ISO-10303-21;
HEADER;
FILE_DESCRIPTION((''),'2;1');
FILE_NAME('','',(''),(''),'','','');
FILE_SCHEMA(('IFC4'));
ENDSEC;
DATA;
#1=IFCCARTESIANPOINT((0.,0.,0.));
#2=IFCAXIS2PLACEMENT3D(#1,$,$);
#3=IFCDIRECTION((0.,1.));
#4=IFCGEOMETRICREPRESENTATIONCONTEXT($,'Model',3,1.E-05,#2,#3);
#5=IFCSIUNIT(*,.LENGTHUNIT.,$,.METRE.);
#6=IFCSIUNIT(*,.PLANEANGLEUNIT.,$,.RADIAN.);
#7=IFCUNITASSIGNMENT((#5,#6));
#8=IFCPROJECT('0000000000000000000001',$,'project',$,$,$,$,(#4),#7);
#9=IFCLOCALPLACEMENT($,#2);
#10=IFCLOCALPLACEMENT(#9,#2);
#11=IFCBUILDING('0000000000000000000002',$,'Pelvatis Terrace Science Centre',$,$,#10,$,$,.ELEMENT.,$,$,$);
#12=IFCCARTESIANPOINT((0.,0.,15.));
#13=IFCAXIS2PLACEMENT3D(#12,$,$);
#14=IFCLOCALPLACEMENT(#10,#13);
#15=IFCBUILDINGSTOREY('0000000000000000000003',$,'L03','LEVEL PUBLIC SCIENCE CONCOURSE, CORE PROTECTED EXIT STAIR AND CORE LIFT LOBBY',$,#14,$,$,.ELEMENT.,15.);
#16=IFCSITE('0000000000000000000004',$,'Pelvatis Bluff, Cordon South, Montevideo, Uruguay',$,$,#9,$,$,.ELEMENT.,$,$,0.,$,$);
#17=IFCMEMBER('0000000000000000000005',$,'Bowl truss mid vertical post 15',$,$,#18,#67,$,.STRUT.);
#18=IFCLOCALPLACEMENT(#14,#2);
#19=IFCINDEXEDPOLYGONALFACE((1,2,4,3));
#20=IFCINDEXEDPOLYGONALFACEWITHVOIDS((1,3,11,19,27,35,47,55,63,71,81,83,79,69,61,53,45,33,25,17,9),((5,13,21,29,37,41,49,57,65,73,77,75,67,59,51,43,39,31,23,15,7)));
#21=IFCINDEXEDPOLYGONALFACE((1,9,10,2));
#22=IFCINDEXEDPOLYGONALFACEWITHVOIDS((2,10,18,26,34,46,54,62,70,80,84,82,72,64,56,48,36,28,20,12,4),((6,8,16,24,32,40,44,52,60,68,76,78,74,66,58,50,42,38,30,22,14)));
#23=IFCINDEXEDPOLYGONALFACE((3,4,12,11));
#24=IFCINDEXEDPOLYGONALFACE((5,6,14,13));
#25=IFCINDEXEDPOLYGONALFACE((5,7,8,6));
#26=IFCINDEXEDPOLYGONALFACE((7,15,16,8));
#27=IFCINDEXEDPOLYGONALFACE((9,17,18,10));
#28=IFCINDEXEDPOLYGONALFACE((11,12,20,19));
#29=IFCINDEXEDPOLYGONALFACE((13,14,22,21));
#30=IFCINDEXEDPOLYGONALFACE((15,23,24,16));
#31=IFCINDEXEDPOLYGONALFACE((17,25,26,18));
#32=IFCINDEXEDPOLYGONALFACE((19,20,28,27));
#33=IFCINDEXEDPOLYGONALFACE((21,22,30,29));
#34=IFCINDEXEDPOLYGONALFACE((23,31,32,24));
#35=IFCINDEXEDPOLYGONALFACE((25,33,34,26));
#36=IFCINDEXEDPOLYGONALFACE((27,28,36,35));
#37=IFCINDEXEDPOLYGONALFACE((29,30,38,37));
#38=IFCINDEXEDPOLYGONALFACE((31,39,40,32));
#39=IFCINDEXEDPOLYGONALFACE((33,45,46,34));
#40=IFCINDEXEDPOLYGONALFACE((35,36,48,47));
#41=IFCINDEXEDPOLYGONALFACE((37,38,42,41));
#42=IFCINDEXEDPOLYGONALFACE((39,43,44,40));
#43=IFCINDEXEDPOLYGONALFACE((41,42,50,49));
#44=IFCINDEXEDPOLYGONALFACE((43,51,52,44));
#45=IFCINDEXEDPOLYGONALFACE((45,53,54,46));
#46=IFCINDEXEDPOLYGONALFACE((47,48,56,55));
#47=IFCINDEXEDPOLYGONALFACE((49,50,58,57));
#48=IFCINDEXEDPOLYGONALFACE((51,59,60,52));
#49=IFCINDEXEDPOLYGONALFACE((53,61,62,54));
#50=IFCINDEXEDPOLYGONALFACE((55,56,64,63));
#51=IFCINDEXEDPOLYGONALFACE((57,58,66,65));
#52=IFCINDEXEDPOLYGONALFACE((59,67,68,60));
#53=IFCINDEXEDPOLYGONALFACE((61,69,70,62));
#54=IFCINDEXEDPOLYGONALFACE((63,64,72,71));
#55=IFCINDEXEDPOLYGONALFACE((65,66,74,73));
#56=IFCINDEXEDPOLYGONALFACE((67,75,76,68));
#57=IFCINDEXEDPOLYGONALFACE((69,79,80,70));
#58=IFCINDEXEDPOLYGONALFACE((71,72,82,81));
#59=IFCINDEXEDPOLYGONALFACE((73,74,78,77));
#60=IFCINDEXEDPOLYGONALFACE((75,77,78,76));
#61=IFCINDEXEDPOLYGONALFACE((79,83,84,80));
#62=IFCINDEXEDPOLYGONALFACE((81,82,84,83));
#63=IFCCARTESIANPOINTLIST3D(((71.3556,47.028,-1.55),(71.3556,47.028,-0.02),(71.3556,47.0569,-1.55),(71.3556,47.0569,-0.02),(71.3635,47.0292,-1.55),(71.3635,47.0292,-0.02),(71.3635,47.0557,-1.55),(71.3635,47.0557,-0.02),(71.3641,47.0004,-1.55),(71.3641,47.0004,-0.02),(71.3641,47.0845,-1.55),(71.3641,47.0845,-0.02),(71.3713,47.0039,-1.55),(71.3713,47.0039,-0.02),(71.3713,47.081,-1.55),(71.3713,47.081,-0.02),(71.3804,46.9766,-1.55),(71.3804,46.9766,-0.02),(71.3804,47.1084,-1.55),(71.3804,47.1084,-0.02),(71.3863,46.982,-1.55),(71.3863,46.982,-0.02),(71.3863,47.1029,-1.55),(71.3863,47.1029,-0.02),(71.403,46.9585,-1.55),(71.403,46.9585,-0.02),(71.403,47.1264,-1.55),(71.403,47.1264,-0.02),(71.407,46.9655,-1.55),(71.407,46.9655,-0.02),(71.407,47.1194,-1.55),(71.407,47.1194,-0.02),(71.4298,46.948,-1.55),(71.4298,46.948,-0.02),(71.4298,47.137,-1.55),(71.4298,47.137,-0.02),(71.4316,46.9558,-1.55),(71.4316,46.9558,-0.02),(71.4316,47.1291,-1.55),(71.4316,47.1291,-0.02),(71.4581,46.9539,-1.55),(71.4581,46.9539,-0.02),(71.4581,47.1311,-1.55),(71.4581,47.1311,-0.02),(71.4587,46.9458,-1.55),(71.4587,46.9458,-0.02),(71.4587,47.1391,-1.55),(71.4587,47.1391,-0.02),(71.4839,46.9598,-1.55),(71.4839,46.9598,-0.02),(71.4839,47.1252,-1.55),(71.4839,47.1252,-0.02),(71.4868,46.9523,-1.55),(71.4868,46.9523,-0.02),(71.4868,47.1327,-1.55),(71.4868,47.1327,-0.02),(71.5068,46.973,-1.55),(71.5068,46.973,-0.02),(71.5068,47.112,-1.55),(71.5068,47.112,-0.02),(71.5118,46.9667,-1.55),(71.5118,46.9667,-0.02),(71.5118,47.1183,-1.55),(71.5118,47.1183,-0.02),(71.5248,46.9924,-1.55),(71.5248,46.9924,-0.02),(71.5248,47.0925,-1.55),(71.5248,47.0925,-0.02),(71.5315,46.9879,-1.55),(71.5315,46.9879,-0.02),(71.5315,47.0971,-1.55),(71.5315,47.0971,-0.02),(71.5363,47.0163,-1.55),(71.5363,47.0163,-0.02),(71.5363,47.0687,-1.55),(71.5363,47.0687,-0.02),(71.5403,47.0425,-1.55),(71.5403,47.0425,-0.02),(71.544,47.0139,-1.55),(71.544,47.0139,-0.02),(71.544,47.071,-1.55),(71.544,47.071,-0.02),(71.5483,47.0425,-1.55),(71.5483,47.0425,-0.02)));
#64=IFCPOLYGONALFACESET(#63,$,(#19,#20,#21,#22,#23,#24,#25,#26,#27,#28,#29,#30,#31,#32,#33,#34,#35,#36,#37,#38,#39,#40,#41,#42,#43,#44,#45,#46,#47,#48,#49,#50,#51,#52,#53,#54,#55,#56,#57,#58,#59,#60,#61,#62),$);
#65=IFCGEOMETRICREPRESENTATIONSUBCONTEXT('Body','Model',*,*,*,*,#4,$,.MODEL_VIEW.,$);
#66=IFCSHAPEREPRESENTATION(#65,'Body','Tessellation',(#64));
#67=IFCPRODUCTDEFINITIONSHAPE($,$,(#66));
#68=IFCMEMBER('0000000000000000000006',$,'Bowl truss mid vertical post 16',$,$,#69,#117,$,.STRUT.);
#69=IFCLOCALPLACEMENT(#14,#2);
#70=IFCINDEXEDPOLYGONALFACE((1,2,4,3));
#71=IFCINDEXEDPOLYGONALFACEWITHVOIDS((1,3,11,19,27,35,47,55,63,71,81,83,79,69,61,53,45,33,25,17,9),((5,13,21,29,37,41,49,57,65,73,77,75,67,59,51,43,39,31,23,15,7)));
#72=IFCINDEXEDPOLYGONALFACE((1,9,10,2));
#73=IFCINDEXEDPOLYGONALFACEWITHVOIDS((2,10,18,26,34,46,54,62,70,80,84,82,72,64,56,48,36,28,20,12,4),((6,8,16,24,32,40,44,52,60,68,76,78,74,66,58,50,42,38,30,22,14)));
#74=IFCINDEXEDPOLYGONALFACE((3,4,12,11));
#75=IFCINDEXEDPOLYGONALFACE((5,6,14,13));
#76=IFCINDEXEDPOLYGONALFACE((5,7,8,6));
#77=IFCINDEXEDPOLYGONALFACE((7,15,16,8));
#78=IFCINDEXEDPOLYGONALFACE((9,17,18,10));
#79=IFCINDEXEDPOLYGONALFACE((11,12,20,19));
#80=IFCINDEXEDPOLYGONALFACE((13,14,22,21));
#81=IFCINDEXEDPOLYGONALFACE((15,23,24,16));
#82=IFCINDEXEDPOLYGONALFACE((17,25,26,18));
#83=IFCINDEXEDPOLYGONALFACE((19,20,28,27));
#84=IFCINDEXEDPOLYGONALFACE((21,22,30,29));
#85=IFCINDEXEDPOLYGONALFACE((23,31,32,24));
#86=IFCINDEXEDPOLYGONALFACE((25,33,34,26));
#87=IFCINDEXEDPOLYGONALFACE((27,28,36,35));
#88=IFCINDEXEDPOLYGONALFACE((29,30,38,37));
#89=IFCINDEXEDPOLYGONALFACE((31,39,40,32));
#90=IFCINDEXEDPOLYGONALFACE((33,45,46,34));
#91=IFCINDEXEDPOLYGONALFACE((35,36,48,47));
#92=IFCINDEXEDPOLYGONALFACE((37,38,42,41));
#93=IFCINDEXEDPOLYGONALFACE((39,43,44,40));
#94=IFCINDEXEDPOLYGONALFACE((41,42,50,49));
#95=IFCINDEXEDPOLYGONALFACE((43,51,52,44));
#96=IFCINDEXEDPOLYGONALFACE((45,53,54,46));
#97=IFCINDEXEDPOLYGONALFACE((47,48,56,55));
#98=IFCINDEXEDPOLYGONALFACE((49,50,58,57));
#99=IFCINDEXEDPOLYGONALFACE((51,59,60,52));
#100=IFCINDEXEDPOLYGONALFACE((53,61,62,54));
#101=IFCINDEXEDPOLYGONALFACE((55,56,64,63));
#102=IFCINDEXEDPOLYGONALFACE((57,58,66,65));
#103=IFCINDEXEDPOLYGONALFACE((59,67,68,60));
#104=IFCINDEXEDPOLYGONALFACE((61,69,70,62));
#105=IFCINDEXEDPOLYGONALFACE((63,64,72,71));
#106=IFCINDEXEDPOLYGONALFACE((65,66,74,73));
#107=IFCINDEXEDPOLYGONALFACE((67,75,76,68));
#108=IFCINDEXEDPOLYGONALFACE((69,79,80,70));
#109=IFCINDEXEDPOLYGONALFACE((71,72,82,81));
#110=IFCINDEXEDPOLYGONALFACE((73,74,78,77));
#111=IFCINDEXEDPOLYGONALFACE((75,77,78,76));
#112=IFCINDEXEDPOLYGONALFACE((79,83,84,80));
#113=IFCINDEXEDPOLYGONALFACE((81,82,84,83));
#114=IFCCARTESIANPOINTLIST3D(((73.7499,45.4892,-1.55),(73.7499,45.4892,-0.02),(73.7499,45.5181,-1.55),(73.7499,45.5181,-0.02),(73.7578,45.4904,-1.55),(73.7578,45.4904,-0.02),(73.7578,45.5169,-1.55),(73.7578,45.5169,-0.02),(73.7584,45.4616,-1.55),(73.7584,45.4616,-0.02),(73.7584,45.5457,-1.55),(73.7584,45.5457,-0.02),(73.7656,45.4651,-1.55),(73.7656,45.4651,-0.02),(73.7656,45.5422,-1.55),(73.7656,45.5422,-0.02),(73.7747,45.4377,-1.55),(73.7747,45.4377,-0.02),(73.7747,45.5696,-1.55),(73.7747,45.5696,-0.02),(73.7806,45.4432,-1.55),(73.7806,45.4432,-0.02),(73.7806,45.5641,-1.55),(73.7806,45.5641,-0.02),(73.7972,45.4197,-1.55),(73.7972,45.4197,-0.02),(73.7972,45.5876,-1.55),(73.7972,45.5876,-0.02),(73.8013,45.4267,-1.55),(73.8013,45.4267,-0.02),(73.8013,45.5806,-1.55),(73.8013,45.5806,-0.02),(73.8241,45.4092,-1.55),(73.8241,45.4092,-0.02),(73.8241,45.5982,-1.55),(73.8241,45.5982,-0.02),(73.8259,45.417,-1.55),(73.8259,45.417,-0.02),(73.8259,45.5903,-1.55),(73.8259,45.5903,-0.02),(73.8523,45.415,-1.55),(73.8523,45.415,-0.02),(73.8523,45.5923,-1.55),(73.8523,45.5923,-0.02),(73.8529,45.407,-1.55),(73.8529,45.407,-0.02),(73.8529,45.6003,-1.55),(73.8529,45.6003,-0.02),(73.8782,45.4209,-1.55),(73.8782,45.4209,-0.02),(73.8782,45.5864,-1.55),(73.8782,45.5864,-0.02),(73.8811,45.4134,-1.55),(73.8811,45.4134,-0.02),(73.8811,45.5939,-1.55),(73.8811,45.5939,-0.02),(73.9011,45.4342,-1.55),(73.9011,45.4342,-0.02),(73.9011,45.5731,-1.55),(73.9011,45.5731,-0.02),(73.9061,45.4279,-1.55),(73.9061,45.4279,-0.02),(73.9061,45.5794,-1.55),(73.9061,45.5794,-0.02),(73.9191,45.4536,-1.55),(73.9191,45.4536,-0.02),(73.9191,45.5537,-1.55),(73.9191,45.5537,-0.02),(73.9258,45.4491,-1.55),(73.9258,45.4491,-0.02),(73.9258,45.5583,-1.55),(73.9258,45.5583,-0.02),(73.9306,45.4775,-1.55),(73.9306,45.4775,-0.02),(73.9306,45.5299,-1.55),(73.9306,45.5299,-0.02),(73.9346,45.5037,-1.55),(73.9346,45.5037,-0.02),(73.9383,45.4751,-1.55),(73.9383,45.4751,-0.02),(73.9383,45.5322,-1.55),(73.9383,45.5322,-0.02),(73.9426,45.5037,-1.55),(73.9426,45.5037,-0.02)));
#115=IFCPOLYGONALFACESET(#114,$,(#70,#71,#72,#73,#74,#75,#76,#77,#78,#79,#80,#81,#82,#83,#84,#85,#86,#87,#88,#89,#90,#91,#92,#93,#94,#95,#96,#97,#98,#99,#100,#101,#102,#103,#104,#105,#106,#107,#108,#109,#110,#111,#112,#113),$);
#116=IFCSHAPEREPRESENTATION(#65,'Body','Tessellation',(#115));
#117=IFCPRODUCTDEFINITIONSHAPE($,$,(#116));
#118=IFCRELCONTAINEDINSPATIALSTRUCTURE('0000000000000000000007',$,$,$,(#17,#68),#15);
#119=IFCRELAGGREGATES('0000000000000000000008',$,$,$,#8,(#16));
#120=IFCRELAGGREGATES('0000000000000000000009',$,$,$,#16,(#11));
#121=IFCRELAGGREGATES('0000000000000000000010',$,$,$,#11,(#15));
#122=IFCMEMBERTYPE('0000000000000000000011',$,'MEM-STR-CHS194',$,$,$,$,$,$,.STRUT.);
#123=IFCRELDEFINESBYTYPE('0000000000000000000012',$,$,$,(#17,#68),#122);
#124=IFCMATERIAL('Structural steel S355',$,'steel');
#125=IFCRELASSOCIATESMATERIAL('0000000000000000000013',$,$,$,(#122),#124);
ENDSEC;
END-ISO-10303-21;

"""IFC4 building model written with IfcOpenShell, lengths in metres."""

from ifc_helpers import new_model, si_unit, direction, frame, origin, origin_2d, place, context, subcontext, project, spatial, hollow_circle, extrude, material, material_profile, profile_set, type_object, element, save


model = new_model("IFC4")

# Units and contexts
model_context = context("Model", 3, precision=1e-05, world=origin(), true_north=direction((0.0, 1.0)))
body_context = subcontext(model_context, "Body", "Model", "MODEL_VIEW")
ifc_project = project(units=[si_unit("LENGTHUNIT", "METRE"), si_unit("PLANEANGLEUNIT", "RADIAN")], contexts=[model_context])

# Site, building, storey
site_placement = place(None, origin())
site = spatial("IfcSite", under=ifc_project, at=site_placement, Name="Pelvatis Bluff, Cordon South, Montevideo, Uruguay", CompositionType="ELEMENT", RefElevation=0.0)
building_placement = place(site_placement, origin())
building = spatial("IfcBuilding", under=site, at=building_placement, Name="Pelvatis Terrace Science Centre", CompositionType="ELEMENT")
storey_placement = place(building_placement, frame((0.0, 0.0, 15.0)))
storey = spatial("IfcBuildingStorey", under=building, at=storey_placement, Name="L03", Description="LEVEL PUBLIC SCIENCE CONCOURSE, CORE PROTECTED EXIT STAIR AND CORE LIFT LOBBY", CompositionType="ELEMENT", Elevation=15.0)

# Members
ifc_material_1 = material(Name="Structural steel S355", Category="steel")
ifc_material_profile_1 = material_profile(ifc_material_1, hollow_circle(Radius=0.0969, WallThickness=0.0081, at=origin_2d()), Name="CHS 193.7x8.0")
ifc_profile_set_1 = profile_set([ifc_material_profile_1], Name="Structural steel S355")
member_type_1 = type_object("IfcMemberType", Name="MEM-STR-CHS194", PredefinedType="STRUT", material=ifc_profile_set_1)
for number, where, z_axis, x_axis, name in (
    (1, (71.4514, 47.0425, -1.55), (0.0, 0.0, 1.0), (1.0, 0.0, 0.0), "Bowl truss mid vertical post 15"),
    (2, (73.8457, 45.5037, -1.55), (0.0, 0.0, 1.0), (1.0, 0.0, 0.0), "Bowl truss mid vertical post 16"),
):
    element("IfcMember", number, at=place(storey_placement, frame(where, z_axis=z_axis, x_axis=x_axis)), inside=storey, type_object=member_type_1, Name=name, PredefinedType="STRUT", context=body_context, shape_type="SweptSolid", body=[
        extrude(hollow_circle(Radius=0.0969, WallThickness=0.0081, at=origin_2d()), origin(), (0.0, 0.0, 1.0), 1.53),
    ])

save(model, "model.ifc")
